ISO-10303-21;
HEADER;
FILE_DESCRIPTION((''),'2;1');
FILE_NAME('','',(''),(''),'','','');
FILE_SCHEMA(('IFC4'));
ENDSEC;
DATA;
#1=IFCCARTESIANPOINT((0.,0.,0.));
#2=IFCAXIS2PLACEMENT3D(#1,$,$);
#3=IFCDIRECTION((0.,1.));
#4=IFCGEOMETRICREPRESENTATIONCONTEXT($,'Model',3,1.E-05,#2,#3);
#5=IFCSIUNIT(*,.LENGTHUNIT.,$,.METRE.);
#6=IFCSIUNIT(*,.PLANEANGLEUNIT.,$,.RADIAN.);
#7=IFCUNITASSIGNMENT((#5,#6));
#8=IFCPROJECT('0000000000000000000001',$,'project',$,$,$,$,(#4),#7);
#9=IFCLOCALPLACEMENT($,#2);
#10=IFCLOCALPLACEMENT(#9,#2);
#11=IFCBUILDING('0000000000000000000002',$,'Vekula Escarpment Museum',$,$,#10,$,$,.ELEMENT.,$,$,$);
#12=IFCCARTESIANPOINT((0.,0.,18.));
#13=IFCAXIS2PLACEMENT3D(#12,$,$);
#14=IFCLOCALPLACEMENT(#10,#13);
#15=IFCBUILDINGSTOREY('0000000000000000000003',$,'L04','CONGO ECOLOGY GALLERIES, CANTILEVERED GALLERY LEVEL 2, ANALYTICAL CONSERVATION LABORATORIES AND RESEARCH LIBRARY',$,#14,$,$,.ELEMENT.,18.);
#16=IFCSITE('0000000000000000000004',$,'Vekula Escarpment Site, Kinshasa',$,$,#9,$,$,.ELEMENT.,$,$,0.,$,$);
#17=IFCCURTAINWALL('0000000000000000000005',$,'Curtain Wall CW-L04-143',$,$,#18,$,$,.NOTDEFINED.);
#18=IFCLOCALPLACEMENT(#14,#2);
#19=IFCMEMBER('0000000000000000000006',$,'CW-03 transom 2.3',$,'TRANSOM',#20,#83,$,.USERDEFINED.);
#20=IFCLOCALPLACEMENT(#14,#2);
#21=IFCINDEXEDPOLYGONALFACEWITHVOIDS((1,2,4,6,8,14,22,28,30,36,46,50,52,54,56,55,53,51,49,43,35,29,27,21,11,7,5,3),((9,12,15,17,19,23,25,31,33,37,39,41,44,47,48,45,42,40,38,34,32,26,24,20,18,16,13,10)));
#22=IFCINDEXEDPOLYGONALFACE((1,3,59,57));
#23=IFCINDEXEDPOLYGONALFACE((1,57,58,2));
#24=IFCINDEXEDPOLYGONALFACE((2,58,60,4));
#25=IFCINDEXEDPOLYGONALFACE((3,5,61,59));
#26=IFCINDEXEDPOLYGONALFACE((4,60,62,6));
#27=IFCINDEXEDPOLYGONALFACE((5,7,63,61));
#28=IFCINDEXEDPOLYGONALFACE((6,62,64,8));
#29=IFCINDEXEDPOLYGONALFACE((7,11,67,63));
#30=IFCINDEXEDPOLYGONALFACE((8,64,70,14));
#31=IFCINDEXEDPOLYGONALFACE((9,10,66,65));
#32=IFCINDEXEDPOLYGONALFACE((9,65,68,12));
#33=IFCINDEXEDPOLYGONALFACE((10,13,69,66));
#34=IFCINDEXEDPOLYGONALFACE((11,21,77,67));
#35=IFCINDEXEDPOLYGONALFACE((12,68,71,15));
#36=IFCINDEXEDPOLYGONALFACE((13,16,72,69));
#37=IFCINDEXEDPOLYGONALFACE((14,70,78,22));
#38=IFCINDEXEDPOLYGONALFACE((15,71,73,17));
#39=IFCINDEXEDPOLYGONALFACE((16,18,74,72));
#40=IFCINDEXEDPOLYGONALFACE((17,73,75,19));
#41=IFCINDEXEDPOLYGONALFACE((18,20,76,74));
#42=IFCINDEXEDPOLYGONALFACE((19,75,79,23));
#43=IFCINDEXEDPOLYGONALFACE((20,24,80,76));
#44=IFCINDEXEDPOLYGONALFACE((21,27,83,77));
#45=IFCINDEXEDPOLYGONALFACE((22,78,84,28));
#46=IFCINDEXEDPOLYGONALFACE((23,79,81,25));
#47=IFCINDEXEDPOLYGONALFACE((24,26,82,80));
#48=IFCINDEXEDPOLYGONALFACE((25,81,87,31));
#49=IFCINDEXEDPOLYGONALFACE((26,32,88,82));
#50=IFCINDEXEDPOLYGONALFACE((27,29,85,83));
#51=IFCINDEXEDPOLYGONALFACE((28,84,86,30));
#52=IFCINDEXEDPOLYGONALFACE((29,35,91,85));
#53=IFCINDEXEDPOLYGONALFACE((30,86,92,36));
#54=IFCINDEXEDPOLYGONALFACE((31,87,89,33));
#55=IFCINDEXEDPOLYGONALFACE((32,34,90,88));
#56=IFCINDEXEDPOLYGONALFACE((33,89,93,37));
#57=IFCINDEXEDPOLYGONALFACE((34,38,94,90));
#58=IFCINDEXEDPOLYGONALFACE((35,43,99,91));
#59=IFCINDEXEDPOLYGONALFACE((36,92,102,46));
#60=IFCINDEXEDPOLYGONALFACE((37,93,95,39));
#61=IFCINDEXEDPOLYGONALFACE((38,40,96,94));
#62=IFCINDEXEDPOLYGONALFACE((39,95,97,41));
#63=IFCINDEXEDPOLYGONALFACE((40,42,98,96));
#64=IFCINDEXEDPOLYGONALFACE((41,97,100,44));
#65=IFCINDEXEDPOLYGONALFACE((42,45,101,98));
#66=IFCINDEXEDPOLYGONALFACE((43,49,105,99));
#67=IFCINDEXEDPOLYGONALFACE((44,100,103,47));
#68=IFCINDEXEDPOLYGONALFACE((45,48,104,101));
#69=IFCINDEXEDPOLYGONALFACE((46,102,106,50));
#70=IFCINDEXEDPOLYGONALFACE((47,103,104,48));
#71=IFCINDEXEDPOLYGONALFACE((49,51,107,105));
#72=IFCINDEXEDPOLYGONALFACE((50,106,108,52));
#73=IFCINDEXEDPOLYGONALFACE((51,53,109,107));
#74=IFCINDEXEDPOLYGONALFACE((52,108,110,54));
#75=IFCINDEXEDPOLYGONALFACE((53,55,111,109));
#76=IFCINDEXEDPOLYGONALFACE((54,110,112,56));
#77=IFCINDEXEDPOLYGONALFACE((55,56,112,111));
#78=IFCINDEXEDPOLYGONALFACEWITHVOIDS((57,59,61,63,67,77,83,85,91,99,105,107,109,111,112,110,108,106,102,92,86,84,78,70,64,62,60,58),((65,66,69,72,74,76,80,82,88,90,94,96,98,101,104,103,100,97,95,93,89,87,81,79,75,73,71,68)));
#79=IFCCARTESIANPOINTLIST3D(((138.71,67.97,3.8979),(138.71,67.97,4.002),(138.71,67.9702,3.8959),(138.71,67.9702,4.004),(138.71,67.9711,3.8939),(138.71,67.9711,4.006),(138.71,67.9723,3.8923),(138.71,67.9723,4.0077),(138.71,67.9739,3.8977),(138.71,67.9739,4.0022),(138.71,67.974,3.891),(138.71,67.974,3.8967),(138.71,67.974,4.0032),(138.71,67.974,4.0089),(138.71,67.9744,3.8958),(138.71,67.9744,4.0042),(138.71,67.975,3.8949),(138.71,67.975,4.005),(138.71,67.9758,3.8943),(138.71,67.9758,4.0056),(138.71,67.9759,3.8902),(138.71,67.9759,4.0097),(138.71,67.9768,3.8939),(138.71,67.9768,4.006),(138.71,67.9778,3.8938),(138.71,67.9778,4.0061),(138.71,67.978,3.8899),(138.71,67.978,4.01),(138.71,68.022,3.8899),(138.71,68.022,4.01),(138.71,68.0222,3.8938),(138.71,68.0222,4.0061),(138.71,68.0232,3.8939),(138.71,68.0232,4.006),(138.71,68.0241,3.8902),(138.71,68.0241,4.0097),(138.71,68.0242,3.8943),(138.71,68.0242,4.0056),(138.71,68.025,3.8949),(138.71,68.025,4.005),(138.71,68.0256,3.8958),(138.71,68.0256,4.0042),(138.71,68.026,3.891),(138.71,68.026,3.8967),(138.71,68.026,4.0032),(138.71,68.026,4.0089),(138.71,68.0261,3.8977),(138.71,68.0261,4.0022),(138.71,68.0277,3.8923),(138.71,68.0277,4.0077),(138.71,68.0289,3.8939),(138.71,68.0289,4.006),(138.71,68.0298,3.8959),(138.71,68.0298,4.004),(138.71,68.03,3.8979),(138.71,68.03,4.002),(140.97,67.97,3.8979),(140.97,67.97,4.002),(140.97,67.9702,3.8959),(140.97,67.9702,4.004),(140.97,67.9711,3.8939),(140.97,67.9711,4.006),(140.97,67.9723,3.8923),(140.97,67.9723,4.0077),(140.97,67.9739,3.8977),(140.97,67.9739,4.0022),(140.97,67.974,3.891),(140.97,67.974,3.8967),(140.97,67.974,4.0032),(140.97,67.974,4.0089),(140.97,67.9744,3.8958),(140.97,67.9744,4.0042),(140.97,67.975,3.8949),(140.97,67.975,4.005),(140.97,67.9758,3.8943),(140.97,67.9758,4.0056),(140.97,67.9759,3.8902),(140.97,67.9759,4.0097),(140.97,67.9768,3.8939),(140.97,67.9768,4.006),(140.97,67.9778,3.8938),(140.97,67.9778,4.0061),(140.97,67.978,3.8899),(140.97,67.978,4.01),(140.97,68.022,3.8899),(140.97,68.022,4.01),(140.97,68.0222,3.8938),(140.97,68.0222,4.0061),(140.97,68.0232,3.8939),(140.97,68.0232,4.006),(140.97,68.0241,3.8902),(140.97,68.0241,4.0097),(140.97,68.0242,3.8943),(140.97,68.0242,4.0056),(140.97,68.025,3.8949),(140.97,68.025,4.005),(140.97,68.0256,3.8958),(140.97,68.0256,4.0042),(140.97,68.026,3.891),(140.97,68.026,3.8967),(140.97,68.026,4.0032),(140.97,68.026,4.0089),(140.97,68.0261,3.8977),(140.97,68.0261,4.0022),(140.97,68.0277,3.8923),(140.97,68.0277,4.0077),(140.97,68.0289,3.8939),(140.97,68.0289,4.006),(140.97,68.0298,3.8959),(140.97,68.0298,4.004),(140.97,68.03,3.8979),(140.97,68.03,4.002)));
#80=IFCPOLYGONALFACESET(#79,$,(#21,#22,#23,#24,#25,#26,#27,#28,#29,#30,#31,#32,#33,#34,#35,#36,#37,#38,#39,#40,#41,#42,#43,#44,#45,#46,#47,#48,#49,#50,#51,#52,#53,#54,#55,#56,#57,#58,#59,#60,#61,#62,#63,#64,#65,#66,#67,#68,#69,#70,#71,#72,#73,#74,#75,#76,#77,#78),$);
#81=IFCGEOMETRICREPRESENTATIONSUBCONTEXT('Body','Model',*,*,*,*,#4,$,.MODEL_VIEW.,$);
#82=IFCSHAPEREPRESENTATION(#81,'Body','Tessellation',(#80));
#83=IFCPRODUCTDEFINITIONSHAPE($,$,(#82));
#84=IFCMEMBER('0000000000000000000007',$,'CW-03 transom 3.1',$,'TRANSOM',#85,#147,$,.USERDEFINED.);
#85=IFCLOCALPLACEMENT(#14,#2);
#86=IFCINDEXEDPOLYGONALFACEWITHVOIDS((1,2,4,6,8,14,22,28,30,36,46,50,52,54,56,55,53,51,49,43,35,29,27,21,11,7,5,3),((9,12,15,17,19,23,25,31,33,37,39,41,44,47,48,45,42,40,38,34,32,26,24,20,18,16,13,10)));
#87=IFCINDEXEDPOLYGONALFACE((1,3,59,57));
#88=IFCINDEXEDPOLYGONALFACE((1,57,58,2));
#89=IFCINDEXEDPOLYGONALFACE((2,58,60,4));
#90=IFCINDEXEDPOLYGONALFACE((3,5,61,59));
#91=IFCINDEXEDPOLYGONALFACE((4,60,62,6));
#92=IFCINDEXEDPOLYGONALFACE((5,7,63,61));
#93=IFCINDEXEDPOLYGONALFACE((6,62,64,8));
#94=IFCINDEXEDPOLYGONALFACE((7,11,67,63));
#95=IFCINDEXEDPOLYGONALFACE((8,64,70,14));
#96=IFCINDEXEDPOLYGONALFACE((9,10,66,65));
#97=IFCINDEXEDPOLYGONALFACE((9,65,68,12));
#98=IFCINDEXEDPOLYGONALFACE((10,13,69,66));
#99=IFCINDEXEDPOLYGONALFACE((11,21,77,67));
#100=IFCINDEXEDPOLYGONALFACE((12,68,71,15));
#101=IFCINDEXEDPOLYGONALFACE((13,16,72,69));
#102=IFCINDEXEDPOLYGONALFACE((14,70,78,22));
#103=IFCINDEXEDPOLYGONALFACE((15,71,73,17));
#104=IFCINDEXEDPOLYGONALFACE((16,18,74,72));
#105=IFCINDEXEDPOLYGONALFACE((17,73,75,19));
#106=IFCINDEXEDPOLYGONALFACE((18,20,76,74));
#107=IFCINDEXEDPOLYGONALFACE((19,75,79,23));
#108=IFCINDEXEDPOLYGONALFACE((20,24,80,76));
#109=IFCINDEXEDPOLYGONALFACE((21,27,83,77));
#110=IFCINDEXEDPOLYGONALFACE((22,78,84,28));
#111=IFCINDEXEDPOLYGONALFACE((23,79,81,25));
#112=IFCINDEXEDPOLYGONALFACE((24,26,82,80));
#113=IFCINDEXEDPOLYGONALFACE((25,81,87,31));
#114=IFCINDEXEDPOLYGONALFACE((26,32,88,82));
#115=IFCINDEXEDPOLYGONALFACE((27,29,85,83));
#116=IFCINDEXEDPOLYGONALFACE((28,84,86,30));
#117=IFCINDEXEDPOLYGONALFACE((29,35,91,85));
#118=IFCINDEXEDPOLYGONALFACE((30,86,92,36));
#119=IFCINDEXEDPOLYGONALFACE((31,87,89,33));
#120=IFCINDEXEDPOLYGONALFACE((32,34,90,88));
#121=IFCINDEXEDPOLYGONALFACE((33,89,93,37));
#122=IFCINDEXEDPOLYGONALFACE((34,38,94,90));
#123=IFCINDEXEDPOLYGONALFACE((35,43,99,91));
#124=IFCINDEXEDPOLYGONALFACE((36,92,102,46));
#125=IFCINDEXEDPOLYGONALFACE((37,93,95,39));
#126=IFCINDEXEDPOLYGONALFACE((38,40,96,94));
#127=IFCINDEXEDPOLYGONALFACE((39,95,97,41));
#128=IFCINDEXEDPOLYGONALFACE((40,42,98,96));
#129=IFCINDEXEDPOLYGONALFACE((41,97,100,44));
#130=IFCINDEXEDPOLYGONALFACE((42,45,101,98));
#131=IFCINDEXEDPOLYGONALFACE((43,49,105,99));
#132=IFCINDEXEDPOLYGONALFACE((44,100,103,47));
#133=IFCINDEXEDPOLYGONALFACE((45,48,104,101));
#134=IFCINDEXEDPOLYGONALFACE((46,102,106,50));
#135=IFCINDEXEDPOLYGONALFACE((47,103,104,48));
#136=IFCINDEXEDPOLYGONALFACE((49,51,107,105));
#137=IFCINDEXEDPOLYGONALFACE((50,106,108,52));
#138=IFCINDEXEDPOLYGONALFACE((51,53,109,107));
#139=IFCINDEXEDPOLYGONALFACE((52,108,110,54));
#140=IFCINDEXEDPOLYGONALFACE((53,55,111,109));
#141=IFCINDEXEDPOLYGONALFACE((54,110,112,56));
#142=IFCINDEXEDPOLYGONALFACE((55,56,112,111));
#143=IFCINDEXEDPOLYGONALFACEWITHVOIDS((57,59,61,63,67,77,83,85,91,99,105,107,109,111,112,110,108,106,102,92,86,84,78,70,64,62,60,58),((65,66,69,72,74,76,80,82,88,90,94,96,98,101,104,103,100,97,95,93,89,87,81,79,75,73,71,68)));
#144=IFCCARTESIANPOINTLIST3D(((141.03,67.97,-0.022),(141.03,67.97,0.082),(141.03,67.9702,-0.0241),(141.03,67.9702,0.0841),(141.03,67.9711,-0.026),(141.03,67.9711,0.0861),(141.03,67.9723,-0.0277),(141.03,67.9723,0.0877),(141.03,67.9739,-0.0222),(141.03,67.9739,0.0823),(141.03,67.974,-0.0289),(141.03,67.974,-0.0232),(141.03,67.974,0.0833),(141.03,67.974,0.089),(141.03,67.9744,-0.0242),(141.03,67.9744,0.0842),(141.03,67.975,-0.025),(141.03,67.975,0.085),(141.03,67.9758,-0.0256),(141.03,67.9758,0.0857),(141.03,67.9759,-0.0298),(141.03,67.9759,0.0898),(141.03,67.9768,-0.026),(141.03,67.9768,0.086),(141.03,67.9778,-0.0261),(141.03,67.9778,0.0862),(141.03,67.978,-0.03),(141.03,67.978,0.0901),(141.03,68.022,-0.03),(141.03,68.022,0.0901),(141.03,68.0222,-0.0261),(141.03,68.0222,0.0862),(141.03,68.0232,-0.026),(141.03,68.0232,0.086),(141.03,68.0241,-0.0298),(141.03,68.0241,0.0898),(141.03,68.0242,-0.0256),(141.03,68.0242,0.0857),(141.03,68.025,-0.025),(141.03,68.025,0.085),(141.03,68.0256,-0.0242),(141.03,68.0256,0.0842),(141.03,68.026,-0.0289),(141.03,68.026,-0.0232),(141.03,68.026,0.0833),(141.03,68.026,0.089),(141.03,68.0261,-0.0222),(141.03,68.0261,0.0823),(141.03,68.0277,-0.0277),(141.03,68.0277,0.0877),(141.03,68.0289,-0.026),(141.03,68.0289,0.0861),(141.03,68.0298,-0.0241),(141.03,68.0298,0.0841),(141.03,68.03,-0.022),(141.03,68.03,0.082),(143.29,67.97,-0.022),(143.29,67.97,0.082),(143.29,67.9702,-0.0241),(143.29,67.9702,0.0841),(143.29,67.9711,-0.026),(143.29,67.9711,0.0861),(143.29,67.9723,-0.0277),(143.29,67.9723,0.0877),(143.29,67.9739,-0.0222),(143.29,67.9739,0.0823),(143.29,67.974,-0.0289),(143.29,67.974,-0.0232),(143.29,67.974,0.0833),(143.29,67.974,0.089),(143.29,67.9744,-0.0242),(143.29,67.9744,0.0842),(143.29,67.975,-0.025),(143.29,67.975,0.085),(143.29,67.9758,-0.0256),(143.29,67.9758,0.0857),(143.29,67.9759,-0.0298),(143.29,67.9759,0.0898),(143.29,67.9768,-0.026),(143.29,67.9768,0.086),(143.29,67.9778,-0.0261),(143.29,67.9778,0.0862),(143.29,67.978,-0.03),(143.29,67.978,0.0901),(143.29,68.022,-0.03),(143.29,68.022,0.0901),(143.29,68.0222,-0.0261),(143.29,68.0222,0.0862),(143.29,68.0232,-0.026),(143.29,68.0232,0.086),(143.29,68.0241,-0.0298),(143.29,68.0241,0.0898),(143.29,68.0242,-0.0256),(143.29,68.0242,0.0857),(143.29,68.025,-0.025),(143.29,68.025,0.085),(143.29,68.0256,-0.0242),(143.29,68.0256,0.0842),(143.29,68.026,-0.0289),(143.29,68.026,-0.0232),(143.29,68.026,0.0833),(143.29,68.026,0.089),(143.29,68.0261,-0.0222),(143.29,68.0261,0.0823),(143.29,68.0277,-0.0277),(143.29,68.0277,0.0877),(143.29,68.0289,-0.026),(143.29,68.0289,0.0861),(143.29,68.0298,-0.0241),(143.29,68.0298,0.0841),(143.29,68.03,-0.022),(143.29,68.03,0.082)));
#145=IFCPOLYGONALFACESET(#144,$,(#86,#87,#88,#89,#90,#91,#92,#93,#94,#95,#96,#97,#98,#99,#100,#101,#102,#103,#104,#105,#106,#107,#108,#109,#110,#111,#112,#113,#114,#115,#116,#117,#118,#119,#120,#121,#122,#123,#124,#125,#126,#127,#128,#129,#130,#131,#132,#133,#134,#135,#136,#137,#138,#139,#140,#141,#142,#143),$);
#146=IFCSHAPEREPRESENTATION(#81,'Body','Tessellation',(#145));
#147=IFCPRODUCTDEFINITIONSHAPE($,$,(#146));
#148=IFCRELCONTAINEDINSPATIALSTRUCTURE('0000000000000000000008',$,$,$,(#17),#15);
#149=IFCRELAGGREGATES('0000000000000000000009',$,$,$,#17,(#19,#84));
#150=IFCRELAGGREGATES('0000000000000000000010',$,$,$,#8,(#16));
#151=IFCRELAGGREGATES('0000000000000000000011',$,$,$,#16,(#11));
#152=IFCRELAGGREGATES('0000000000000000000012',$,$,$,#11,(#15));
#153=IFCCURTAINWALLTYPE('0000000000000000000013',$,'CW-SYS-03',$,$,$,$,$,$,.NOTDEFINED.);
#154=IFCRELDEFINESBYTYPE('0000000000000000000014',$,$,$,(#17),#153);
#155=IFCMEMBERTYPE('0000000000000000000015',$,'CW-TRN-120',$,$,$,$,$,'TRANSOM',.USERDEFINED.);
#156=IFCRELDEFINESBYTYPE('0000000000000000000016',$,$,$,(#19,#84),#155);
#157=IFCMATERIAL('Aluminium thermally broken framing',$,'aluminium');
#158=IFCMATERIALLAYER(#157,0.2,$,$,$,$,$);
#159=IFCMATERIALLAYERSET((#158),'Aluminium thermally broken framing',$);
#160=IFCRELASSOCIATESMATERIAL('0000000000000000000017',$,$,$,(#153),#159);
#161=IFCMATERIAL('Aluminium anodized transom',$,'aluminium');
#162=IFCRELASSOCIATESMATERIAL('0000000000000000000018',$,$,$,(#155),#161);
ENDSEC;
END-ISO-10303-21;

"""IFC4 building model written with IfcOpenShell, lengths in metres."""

from ifc_helpers import new_model, si_unit, direction, frame, origin, origin_2d, place, context, subcontext, project, spatial, hollow_rectangle, extrude, material, layer, layer_set, material_profile, profile_set, type_object, element, aggregate, save


model = new_model("IFC4")

# Units and contexts
model_context = context("Model", 3, precision=1e-05, world=origin(), true_north=direction((0.0, 1.0)))
body_context = subcontext(model_context, "Body", "Model", "MODEL_VIEW")
ifc_project = project(units=[si_unit("LENGTHUNIT", "METRE"), si_unit("PLANEANGLEUNIT", "RADIAN")], contexts=[model_context])

# Site, building, storey
site_placement = place(None, origin())
site = spatial("IfcSite", under=ifc_project, at=site_placement, Name="Vekula Escarpment Site, Kinshasa", CompositionType="ELEMENT", RefElevation=0.0)
building_placement = place(site_placement, origin())
building = spatial("IfcBuilding", under=site, at=building_placement, Name="Vekula Escarpment Museum", CompositionType="ELEMENT")
storey_placement = place(building_placement, frame((0.0, 0.0, 18.0)))
storey = spatial("IfcBuildingStorey", under=building, at=storey_placement, Name="L04", Description="CONGO ECOLOGY GALLERIES, CANTILEVERED GALLERY LEVEL 2, ANALYTICAL CONSERVATION LABORATORIES AND RESEARCH LIBRARY", CompositionType="ELEMENT", Elevation=18.0)

# Curtain wall, members
ifc_material_1 = material(Name="Aluminium thermally broken framing", Category="aluminium")
ifc_layer_1 = layer(ifc_material_1, 0.2)
ifc_layer_set_1 = layer_set([ifc_layer_1], Name="Aluminium thermally broken framing")
curtain_wall_type = type_object("IfcCurtainWallType", Name="CW-SYS-03", PredefinedType="NOTDEFINED", material=ifc_layer_set_1)
curtain_wall_placement = place(storey_placement, origin())
curtain_wall = element("IfcCurtainWall", 1, at=curtain_wall_placement, inside=storey, type_object=curtain_wall_type, Name="Curtain Wall CW-L04-143", PredefinedType="NOTDEFINED")
ifc_material_2 = material(Name="Aluminium anodized transom", Category="aluminium")
ifc_material_profile_1 = material_profile(ifc_material_2, hollow_rectangle(XDim=0.0601, YDim=0.1201, WallThickness=0.0039, InnerFilletRadius=0.0039, OuterFilletRadius=0.0081, at=origin_2d()), Name="ALU 120x60x4")
ifc_profile_set_1 = profile_set([ifc_material_profile_1], Name="Aluminium anodized transom")
member_type_1 = type_object("IfcMemberType", Name="CW-TRN-120", ElementType="TRANSOM", PredefinedType="USERDEFINED", material=ifc_profile_set_1)
member_1_placement = place(storey_placement, frame((138.71, 68.0, 3.95), z_axis=(1.0, 0.0, 0.0), x_axis=(0.0, 1.0, 0.0)))
member_1 = element("IfcMember", 2, at=member_1_placement, type_object=member_type_1, Name="CW-03 transom 2.3", ObjectType="TRANSOM", PredefinedType="USERDEFINED", context=body_context, shape_type="SweptSolid", body=[
    extrude(hollow_rectangle(XDim=0.0601, YDim=0.1201, WallThickness=0.0039, InnerFilletRadius=0.0039, OuterFilletRadius=0.0081, at=origin_2d()), origin(), (0.0, 0.0, 1.0), 2.26),
])
member_2_placement = place(storey_placement, frame((141.03, 68.0, 0.03), z_axis=(1.0, 0.0, 0.0), x_axis=(0.0, 1.0, 0.0)))
member_2 = element("IfcMember", 3, at=member_2_placement, type_object=member_type_1, Name="CW-03 transom 3.1", ObjectType="TRANSOM", PredefinedType="USERDEFINED", context=body_context, shape_type="SweptSolid", body=[
    extrude(hollow_rectangle(XDim=0.0601, YDim=0.1201, WallThickness=0.0039, InnerFilletRadius=0.0039, OuterFilletRadius=0.0081, at=origin_2d()), origin(), (0.0, 0.0, 1.0), 2.26),
])

aggregate(curtain_wall, [member_1, member_2])

save(model, "model.ifc")
